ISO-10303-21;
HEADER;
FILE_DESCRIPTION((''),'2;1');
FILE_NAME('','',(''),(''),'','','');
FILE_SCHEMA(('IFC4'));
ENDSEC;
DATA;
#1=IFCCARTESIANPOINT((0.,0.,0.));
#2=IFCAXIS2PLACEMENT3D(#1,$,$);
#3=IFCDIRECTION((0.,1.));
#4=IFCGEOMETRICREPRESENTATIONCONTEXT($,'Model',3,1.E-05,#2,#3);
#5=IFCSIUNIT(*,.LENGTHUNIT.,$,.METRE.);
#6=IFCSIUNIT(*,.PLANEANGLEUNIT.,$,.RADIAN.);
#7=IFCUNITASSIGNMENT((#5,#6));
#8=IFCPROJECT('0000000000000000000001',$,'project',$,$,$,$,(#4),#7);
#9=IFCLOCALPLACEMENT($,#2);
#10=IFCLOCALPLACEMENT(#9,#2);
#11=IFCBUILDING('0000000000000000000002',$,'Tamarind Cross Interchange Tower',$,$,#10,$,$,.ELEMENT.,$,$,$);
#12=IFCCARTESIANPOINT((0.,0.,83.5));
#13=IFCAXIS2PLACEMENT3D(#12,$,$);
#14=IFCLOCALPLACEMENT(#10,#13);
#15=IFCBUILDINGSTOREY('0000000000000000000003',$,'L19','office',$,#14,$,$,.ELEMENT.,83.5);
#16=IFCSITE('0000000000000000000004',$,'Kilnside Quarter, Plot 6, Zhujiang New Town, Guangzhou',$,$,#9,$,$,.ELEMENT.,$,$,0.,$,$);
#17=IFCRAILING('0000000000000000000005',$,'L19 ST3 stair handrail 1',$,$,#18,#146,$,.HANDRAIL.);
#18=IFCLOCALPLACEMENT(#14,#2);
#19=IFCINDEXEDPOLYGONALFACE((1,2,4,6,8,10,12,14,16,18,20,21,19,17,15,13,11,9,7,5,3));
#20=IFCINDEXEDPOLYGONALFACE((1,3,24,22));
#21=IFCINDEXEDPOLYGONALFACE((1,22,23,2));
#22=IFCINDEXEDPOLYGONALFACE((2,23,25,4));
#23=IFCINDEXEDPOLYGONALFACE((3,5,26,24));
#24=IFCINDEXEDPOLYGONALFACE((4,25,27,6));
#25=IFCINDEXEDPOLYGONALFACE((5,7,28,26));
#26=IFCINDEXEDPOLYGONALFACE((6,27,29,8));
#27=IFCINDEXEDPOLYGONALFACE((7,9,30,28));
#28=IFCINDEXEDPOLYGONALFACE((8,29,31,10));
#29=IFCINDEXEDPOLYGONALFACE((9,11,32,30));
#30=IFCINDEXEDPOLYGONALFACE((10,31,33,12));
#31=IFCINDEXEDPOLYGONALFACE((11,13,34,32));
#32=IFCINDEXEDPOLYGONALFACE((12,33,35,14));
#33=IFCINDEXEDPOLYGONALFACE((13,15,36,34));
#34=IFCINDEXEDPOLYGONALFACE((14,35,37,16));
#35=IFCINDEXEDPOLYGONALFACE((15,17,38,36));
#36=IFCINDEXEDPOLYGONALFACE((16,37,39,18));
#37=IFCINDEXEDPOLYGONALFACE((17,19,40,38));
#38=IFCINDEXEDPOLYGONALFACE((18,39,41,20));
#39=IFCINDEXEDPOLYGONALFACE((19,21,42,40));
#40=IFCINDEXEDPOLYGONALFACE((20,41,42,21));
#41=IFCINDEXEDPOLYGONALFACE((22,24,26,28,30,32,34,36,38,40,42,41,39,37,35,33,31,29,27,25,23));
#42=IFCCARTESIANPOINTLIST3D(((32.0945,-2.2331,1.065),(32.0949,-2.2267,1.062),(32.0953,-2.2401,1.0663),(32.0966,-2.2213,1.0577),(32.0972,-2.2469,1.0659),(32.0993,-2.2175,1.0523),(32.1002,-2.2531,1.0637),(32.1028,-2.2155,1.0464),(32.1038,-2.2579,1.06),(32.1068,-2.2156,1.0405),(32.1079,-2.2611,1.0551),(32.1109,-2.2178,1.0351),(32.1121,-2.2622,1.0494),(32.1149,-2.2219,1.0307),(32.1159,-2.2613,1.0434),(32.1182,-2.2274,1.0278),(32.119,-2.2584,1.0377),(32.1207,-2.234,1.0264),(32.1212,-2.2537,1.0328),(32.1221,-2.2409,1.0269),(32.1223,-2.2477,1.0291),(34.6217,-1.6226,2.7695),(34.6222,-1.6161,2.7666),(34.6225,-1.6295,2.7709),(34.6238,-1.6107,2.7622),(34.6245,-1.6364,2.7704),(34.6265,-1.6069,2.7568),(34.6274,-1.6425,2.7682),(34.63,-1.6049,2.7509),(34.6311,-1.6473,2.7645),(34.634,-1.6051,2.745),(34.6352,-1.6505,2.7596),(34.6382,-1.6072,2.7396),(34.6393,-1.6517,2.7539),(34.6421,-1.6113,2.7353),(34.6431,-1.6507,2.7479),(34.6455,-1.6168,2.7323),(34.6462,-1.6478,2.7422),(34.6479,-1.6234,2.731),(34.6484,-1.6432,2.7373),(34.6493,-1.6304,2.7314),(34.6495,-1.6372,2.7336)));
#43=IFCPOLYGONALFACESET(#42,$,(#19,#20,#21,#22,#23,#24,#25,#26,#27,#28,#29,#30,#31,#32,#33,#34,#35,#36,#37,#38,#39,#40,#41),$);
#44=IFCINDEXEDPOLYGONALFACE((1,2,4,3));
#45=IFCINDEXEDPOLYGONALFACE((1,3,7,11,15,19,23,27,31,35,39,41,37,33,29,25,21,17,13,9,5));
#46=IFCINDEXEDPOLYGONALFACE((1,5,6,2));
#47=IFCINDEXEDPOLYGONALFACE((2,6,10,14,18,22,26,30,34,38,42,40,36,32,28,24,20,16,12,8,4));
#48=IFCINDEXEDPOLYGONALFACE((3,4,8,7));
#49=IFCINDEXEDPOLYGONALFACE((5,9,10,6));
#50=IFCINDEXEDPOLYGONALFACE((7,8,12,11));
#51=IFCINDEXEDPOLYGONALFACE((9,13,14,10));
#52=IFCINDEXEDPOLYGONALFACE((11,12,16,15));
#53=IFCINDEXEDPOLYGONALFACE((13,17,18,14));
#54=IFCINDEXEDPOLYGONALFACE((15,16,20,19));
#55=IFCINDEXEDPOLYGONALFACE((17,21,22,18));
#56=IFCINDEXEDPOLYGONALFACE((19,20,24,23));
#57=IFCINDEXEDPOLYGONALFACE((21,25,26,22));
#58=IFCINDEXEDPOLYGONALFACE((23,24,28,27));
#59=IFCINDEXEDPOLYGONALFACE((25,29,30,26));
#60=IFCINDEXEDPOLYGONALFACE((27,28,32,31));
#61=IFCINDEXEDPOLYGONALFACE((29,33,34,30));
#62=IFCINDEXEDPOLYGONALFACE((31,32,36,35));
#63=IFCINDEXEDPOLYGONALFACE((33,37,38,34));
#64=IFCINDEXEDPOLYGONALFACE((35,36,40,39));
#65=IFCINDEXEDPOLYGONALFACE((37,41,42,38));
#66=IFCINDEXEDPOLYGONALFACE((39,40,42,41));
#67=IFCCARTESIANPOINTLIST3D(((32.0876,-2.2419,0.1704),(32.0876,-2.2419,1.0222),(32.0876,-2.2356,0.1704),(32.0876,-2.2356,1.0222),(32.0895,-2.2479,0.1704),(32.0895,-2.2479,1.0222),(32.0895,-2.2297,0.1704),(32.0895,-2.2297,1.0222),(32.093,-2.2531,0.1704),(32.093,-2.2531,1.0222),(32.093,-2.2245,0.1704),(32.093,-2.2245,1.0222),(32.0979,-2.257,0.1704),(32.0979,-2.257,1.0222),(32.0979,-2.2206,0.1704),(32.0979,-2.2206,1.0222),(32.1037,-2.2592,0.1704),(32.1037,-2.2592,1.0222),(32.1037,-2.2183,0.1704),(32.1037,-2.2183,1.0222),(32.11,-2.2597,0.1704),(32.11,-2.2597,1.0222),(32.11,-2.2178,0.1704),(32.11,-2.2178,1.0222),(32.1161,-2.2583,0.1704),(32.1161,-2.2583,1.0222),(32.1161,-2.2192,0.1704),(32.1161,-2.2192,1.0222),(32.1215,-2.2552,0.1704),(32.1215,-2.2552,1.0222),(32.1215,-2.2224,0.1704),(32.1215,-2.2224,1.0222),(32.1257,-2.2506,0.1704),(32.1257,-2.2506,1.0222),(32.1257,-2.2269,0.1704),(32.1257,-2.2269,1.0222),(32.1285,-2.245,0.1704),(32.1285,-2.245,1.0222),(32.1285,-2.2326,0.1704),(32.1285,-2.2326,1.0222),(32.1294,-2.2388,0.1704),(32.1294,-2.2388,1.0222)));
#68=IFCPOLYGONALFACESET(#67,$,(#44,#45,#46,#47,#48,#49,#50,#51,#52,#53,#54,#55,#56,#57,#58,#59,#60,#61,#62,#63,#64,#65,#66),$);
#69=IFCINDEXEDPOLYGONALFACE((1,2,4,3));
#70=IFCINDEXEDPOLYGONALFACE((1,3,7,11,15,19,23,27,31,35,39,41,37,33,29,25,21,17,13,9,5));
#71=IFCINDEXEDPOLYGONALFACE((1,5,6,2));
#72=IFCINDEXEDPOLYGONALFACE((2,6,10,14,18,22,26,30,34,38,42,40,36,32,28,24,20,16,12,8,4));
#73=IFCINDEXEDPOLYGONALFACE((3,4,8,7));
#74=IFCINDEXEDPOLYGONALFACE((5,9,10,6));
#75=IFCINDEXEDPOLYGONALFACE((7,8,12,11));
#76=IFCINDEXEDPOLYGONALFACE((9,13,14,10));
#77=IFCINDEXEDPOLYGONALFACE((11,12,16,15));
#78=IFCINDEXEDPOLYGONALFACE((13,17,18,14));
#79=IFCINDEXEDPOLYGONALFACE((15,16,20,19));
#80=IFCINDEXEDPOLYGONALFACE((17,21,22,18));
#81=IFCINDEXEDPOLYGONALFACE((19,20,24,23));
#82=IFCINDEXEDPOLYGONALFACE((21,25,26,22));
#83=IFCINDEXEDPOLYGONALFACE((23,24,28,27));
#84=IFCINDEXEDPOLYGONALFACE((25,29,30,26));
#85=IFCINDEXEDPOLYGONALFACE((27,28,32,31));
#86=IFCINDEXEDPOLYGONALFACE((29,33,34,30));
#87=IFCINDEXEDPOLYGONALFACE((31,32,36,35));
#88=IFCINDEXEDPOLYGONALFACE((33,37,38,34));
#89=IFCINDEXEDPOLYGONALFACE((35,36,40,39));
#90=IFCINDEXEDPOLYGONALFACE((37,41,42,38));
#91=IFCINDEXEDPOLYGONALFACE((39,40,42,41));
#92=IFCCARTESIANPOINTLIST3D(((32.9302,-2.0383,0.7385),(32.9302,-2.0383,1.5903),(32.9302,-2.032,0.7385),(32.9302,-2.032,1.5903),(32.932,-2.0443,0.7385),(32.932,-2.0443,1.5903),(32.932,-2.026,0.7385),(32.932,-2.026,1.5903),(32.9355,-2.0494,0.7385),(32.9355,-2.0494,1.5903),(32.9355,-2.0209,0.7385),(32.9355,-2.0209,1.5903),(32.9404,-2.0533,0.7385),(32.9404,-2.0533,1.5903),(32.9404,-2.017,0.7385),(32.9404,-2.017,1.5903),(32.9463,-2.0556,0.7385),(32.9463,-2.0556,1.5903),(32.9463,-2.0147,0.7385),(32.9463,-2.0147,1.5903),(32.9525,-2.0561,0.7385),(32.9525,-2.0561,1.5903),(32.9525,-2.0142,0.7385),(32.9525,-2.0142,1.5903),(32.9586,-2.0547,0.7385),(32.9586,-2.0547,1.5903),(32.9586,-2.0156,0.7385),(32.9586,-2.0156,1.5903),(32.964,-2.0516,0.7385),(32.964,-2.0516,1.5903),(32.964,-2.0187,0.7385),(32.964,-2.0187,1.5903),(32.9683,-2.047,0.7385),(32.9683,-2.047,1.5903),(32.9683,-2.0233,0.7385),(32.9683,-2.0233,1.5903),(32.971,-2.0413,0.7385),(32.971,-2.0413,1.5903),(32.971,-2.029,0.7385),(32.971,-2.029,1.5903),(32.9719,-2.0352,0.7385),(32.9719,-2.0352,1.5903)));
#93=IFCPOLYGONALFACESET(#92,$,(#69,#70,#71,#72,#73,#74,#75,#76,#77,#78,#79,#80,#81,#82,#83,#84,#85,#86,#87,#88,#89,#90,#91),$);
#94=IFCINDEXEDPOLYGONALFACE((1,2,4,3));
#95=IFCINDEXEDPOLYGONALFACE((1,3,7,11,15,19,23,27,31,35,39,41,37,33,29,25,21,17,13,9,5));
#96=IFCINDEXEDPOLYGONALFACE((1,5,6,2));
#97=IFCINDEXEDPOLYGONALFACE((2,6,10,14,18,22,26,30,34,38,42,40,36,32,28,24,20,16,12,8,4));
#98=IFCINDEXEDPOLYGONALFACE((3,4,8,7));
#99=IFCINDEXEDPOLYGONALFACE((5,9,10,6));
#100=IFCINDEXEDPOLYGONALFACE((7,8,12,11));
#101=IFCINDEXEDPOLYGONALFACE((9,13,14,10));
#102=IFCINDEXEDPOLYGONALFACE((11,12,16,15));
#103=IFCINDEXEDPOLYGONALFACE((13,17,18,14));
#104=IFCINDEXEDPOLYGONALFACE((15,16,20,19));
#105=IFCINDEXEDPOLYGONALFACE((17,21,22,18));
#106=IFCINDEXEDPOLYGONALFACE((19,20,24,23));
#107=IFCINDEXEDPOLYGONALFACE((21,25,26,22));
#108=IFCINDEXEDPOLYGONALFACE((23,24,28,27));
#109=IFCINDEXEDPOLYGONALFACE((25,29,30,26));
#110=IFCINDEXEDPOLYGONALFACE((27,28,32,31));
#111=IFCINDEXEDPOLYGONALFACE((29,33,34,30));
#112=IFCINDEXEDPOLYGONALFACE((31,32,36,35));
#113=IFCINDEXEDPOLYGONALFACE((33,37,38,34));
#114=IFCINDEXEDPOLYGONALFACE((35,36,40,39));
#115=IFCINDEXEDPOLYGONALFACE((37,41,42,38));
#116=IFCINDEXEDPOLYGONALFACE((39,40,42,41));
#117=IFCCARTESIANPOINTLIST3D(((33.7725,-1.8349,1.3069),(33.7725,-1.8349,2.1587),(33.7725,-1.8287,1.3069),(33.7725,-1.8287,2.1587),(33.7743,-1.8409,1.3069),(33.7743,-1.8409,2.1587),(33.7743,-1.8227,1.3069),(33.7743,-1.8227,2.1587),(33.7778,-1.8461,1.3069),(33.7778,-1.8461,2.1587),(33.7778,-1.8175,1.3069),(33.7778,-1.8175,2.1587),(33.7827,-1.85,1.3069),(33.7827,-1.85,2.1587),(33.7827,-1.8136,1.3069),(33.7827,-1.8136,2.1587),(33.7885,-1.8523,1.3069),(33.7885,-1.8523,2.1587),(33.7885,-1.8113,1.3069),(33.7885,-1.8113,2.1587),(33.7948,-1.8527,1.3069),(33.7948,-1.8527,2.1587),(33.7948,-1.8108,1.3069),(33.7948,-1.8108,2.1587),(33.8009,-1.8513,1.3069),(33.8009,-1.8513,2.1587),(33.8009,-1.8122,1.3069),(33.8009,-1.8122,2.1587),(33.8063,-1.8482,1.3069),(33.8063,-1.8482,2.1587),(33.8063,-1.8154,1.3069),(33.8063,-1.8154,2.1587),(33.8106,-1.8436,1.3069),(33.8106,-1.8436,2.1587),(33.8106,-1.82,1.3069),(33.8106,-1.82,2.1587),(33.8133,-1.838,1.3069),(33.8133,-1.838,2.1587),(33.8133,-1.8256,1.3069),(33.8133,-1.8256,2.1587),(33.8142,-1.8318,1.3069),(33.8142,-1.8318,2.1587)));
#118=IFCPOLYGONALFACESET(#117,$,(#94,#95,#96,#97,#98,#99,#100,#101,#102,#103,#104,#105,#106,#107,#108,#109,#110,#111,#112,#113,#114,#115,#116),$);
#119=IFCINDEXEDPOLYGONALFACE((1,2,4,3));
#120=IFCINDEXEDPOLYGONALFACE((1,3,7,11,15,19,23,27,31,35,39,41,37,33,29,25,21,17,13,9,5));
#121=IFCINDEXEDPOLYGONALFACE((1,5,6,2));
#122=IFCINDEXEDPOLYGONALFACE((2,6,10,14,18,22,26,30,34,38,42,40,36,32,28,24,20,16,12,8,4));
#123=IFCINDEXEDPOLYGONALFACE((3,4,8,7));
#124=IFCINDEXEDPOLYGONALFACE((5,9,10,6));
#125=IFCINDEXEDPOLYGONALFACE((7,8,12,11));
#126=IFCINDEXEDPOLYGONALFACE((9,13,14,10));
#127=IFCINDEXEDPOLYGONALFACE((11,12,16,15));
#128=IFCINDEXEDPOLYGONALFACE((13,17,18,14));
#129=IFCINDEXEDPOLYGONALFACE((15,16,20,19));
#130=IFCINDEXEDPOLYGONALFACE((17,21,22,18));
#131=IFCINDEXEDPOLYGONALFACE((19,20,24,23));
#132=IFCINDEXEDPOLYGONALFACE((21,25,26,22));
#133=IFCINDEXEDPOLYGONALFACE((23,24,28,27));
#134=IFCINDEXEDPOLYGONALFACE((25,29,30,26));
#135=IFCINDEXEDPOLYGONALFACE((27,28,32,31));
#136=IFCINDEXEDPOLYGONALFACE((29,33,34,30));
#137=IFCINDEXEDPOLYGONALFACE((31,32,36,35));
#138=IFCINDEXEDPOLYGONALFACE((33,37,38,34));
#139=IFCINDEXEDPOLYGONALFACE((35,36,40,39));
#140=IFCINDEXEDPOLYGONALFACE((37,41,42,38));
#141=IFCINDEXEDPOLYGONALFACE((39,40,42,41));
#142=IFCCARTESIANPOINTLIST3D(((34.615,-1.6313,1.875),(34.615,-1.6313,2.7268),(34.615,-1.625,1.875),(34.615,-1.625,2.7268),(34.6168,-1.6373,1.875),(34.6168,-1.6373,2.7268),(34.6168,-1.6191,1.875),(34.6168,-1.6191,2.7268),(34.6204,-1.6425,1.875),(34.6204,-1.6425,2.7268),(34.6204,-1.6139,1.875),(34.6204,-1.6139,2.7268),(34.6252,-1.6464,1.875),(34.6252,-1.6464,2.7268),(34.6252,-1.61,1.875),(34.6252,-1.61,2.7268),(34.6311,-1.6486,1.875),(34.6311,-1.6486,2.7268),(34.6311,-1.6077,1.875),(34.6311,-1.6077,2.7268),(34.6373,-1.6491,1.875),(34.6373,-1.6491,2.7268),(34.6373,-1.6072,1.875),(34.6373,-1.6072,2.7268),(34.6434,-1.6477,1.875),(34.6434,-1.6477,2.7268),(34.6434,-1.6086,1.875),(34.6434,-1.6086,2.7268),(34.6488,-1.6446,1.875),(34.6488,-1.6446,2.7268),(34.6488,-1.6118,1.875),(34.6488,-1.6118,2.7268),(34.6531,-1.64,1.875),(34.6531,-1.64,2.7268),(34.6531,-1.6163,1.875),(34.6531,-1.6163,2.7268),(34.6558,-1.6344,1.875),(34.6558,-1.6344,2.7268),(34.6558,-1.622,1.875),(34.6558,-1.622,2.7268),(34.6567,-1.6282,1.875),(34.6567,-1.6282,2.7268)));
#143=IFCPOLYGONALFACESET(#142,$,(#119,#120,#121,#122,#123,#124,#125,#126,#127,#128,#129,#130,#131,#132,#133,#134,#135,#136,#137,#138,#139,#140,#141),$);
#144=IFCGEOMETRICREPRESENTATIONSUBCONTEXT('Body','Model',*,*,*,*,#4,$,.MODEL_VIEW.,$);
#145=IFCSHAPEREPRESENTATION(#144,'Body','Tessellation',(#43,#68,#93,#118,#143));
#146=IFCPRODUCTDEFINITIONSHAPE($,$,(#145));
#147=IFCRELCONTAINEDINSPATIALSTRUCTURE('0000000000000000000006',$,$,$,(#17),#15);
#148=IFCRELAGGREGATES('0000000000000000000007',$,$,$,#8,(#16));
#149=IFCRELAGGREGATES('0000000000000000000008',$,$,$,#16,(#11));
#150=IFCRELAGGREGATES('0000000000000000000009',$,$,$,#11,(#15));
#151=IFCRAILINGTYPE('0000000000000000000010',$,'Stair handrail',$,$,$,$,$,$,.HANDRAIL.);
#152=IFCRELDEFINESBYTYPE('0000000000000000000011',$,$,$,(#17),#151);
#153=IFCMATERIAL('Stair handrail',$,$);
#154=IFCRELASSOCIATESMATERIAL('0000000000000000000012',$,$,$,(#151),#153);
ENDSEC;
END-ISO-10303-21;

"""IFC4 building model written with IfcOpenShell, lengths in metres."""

from ifc_helpers import new_model, si_unit, direction, frame, origin, origin_2d, place, context, subcontext, project, spatial, circle, extrude, material, type_object, element, save


model = new_model("IFC4")

# Units and contexts
model_context = context("Model", 3, precision=1e-05, world=origin(), true_north=direction((0.0, 1.0)))
body_context = subcontext(model_context, "Body", "Model", "MODEL_VIEW")
ifc_project = project(units=[si_unit("LENGTHUNIT", "METRE"), si_unit("PLANEANGLEUNIT", "RADIAN")], contexts=[model_context])

# Site, building, storey
site_placement = place(None, origin())
site = spatial("IfcSite", under=ifc_project, at=site_placement, Name="Kilnside Quarter, Plot 6, Zhujiang New Town, Guangzhou", CompositionType="ELEMENT", RefElevation=0.0)
building_placement = place(site_placement, origin())
building = spatial("IfcBuilding", under=site, at=building_placement, Name="Tamarind Cross Interchange Tower", CompositionType="ELEMENT")
storey_placement = place(building_placement, frame((0.0, 0.0, 83.5)))
storey = spatial("IfcBuildingStorey", under=building, at=storey_placement, Name="L19", Description="office", CompositionType="ELEMENT", Elevation=83.5)

# Railing
ifc_material_1 = material(Name="Stair handrail")
railing_type_1 = type_object("IfcRailingType", Name="Stair handrail", PredefinedType="HANDRAIL", material=ifc_material_1)
railing_1_placement = place(storey_placement, frame((32.1084, -2.2388, 0.1704)))
element("IfcRailing", 1, at=railing_1_placement, inside=storey, type_object=railing_type_1, Name="L19 ST3 stair handrail 1", PredefinedType="HANDRAIL", context=body_context, shape_type="SweptSolid", body=[
    extrude(circle(Radius=0.0239, at=origin_2d()), frame((0.0, 0.0, 0.876), z_axis=(0.81291, 0.196396, 0.548275), x_axis=(-0.234839, 0.972034, 0.0)), (0.0, 0.0, 1.0), 3.1089),
    extrude(circle(Radius=0.021, at=origin_2d()), origin(), (0.0, 0.0, 1.0), 0.8518),
    extrude(circle(Radius=0.021, at=origin_2d()), frame((0.8425, 0.2036, 0.5681)), (0.0, 0.0, 1.0), 0.8518),
    extrude(circle(Radius=0.021, at=origin_2d()), frame((1.6848, 0.407, 1.1365)), (0.0, 0.0, 1.0), 0.8518),
    extrude(circle(Radius=0.021, at=origin_2d()), frame((2.5273, 0.6106, 1.7046)), (0.0, 0.0, 1.0), 0.8518),
])

save(model, "model.ifc")
